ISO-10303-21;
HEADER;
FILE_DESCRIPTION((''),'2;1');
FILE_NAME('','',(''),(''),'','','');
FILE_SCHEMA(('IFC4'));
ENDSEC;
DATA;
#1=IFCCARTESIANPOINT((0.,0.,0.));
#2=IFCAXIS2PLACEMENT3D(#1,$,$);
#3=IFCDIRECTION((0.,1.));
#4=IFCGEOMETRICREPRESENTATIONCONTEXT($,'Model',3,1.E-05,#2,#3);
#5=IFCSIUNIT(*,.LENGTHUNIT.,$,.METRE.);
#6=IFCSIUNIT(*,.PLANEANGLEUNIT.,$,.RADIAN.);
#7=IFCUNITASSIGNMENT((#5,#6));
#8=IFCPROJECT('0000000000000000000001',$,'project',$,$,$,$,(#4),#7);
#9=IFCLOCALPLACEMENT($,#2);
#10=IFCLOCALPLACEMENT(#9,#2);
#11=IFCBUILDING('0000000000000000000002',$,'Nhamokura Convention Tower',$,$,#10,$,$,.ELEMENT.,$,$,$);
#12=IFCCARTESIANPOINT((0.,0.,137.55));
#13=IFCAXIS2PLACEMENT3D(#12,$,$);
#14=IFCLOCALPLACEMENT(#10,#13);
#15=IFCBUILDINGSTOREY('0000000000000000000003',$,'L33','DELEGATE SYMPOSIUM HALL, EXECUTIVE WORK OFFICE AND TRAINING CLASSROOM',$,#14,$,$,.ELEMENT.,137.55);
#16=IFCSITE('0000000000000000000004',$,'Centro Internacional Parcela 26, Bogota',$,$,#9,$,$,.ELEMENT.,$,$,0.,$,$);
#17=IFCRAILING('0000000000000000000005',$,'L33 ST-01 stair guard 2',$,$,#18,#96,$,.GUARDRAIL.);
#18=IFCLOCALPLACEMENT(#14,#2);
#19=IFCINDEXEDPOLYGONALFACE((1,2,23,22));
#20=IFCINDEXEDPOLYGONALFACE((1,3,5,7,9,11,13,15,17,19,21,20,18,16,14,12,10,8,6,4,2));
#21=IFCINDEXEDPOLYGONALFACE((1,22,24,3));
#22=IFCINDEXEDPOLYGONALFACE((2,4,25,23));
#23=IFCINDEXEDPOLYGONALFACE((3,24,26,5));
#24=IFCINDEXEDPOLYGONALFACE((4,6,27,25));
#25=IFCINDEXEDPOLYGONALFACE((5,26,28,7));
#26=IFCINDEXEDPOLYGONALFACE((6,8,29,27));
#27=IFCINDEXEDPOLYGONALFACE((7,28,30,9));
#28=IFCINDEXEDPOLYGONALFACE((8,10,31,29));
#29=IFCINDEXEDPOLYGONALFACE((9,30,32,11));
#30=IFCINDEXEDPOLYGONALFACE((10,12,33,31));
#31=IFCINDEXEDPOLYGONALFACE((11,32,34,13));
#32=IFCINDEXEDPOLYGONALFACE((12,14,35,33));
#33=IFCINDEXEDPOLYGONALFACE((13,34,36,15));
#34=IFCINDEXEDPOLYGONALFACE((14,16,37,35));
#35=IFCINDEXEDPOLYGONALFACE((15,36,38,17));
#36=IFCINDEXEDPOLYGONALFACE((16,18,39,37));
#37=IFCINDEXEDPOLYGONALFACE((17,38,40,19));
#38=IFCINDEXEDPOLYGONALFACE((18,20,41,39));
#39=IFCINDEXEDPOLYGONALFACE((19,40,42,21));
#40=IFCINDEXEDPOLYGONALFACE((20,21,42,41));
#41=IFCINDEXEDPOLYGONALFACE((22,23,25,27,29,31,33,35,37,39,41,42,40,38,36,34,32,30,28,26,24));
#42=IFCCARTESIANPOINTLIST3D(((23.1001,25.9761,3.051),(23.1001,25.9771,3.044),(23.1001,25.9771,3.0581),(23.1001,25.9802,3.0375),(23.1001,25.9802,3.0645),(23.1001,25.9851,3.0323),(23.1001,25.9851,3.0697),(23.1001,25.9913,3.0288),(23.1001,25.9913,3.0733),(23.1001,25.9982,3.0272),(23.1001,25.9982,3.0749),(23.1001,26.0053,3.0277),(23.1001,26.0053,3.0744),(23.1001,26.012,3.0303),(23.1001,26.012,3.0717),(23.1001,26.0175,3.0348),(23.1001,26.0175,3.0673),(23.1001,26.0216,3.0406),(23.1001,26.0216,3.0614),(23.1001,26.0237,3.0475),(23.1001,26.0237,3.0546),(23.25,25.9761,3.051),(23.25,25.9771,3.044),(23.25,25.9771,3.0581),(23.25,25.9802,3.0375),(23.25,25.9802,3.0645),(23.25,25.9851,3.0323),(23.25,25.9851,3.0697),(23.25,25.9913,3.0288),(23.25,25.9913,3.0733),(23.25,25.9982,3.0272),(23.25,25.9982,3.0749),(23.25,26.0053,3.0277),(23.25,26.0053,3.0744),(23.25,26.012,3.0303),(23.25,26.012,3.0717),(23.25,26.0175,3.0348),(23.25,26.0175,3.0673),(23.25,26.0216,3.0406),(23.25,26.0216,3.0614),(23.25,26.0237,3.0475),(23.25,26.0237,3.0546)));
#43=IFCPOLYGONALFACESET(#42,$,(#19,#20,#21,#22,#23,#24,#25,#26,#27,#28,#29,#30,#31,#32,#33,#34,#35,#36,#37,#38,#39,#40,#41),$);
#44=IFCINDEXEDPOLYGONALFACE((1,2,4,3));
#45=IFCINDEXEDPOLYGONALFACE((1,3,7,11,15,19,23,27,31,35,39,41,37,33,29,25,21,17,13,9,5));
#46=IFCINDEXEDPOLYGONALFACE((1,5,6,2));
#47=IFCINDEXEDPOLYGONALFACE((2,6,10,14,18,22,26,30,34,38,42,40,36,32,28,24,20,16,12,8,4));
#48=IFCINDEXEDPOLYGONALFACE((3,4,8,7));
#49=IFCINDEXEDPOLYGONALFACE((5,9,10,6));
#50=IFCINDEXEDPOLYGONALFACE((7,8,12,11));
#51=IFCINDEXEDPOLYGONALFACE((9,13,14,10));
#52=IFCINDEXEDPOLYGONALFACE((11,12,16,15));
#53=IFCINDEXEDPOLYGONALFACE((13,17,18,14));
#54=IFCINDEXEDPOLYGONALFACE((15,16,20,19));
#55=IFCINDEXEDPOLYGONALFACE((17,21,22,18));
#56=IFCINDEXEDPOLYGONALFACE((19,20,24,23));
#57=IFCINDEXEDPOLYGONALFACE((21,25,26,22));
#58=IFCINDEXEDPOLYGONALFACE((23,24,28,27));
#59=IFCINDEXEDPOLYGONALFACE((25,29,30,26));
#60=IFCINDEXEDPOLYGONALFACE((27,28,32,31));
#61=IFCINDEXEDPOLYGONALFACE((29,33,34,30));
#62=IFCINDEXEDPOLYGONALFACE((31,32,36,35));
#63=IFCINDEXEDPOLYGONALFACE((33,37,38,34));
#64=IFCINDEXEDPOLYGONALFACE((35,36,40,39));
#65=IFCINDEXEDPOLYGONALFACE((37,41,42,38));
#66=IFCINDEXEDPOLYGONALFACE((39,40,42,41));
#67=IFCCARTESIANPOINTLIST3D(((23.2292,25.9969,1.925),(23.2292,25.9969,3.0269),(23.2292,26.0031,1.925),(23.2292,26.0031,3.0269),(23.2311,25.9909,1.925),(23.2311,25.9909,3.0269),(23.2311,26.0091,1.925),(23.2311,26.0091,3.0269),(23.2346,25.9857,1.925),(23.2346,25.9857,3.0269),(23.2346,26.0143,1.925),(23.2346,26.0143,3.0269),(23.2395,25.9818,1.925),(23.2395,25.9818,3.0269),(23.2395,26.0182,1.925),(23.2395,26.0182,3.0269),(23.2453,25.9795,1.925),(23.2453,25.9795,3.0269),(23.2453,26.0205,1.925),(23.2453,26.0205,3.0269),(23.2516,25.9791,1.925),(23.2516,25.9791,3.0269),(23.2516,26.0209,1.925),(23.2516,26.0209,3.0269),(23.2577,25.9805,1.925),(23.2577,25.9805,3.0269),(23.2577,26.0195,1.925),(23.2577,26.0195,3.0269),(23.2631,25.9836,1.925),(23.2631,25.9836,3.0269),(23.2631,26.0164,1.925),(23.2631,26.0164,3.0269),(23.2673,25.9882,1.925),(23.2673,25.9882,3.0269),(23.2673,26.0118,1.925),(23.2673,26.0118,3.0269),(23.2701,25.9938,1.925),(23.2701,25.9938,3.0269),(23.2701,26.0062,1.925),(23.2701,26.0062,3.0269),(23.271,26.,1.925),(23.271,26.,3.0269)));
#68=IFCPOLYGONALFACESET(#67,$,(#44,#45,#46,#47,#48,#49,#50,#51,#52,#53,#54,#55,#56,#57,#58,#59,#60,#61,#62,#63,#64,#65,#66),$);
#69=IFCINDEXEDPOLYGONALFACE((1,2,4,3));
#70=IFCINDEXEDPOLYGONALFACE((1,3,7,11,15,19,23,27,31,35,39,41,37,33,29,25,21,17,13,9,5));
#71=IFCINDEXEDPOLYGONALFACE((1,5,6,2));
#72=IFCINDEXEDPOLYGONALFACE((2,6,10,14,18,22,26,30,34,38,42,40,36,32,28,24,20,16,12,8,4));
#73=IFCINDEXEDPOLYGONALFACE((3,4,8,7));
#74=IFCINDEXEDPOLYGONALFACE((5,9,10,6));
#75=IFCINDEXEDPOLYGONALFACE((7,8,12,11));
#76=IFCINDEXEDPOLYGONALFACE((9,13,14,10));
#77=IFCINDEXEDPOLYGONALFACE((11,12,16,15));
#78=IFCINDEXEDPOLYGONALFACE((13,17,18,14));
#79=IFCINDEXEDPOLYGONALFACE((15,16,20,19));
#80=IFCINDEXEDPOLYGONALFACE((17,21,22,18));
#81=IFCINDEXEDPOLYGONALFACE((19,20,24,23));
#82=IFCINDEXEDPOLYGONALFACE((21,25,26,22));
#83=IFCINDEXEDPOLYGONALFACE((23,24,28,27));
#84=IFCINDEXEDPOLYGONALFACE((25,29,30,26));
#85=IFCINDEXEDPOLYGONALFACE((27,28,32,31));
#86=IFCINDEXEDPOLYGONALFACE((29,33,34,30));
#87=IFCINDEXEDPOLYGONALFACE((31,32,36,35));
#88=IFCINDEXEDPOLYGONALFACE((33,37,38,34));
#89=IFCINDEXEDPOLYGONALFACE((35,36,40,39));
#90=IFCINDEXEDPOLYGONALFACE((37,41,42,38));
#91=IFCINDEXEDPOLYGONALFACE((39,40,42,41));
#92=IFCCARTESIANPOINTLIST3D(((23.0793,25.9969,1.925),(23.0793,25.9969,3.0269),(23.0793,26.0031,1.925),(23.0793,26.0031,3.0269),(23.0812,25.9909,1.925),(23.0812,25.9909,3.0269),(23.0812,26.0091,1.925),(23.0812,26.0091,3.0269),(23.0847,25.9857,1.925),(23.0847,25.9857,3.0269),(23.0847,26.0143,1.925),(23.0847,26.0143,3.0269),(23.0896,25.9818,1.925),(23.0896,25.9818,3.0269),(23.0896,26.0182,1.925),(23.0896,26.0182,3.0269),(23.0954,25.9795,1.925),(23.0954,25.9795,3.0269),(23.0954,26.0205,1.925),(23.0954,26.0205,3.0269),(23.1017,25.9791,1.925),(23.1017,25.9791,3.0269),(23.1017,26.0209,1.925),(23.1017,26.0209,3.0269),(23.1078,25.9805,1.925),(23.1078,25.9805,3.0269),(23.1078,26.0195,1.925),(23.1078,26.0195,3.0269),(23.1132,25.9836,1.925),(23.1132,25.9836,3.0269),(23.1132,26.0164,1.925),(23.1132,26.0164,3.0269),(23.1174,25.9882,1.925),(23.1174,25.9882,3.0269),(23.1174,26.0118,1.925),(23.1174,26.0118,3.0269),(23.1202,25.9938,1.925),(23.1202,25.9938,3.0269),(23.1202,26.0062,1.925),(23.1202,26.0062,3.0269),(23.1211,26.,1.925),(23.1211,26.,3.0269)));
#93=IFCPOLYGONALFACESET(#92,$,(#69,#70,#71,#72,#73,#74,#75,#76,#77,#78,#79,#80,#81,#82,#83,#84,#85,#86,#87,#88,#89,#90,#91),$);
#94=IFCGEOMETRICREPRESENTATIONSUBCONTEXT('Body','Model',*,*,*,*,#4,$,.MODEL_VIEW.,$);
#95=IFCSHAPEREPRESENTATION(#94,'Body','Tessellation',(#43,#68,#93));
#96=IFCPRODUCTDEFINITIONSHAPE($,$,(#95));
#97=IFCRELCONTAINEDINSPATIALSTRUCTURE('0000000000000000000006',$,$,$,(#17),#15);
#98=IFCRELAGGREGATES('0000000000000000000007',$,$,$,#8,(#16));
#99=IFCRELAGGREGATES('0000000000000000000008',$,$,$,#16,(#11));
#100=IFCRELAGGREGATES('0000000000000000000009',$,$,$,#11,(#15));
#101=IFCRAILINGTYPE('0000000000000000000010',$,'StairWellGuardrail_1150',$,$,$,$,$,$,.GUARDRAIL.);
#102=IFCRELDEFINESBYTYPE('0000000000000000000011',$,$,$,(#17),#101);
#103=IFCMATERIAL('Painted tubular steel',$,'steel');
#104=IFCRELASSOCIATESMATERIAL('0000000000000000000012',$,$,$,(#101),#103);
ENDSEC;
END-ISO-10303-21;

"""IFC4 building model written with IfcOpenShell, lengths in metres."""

from ifc_helpers import new_model, si_unit, direction, frame, origin, origin_2d, place, context, subcontext, project, spatial, circle, extrude, material, type_object, element, save


model = new_model("IFC4")

# Units and contexts
model_context = context("Model", 3, precision=1e-05, world=origin(), true_north=direction((0.0, 1.0)))
body_context = subcontext(model_context, "Body", "Model", "MODEL_VIEW")
ifc_project = project(units=[si_unit("LENGTHUNIT", "METRE"), si_unit("PLANEANGLEUNIT", "RADIAN")], contexts=[model_context])

# Site, building, storey
site_placement = place(None, origin())
site = spatial("IfcSite", under=ifc_project, at=site_placement, Name="Centro Internacional Parcela 26, Bogota", CompositionType="ELEMENT", RefElevation=0.0)
building_placement = place(site_placement, origin())
building = spatial("IfcBuilding", under=site, at=building_placement, Name="Nhamokura Convention Tower", CompositionType="ELEMENT")
storey_placement = place(building_placement, frame((0.0, 0.0, 137.55)))
storey = spatial("IfcBuildingStorey", under=building, at=storey_placement, Name="L33", Description="DELEGATE SYMPOSIUM HALL, EXECUTIVE WORK OFFICE AND TRAINING CLASSROOM", CompositionType="ELEMENT", Elevation=137.55)

# Railing
ifc_material_1 = material(Name="Painted tubular steel", Category="steel")
railing_type_1 = type_object("IfcRailingType", Name="StairWellGuardrail_1150", PredefinedType="GUARDRAIL", material=ifc_material_1)
railing_1_placement = place(storey_placement, frame((23.25, 26.0, 1.925)))
element("IfcRailing", 1, at=railing_1_placement, inside=storey, type_object=railing_type_1, Name="L33 ST-01 stair guard 2", PredefinedType="GUARDRAIL", context=body_context, shape_type="SweptSolid", body=[
    extrude(circle(Radius=0.0239, at=origin_2d()), frame((0.0, 0.0, 1.126), z_axis=(-1.0, 0.0, 0.0), x_axis=(0.0, -1.0, 0.0)), (0.0, 0.0, 1.0), 0.1499),
    extrude(circle(Radius=0.021, at=origin_2d()), origin(), (0.0, 0.0, 1.0), 1.1018),
    extrude(circle(Radius=0.021, at=origin_2d()), frame((-0.1499, 0.0, 0.0)), (0.0, 0.0, 1.0), 1.1018),
])

save(model, "model.ifc")
